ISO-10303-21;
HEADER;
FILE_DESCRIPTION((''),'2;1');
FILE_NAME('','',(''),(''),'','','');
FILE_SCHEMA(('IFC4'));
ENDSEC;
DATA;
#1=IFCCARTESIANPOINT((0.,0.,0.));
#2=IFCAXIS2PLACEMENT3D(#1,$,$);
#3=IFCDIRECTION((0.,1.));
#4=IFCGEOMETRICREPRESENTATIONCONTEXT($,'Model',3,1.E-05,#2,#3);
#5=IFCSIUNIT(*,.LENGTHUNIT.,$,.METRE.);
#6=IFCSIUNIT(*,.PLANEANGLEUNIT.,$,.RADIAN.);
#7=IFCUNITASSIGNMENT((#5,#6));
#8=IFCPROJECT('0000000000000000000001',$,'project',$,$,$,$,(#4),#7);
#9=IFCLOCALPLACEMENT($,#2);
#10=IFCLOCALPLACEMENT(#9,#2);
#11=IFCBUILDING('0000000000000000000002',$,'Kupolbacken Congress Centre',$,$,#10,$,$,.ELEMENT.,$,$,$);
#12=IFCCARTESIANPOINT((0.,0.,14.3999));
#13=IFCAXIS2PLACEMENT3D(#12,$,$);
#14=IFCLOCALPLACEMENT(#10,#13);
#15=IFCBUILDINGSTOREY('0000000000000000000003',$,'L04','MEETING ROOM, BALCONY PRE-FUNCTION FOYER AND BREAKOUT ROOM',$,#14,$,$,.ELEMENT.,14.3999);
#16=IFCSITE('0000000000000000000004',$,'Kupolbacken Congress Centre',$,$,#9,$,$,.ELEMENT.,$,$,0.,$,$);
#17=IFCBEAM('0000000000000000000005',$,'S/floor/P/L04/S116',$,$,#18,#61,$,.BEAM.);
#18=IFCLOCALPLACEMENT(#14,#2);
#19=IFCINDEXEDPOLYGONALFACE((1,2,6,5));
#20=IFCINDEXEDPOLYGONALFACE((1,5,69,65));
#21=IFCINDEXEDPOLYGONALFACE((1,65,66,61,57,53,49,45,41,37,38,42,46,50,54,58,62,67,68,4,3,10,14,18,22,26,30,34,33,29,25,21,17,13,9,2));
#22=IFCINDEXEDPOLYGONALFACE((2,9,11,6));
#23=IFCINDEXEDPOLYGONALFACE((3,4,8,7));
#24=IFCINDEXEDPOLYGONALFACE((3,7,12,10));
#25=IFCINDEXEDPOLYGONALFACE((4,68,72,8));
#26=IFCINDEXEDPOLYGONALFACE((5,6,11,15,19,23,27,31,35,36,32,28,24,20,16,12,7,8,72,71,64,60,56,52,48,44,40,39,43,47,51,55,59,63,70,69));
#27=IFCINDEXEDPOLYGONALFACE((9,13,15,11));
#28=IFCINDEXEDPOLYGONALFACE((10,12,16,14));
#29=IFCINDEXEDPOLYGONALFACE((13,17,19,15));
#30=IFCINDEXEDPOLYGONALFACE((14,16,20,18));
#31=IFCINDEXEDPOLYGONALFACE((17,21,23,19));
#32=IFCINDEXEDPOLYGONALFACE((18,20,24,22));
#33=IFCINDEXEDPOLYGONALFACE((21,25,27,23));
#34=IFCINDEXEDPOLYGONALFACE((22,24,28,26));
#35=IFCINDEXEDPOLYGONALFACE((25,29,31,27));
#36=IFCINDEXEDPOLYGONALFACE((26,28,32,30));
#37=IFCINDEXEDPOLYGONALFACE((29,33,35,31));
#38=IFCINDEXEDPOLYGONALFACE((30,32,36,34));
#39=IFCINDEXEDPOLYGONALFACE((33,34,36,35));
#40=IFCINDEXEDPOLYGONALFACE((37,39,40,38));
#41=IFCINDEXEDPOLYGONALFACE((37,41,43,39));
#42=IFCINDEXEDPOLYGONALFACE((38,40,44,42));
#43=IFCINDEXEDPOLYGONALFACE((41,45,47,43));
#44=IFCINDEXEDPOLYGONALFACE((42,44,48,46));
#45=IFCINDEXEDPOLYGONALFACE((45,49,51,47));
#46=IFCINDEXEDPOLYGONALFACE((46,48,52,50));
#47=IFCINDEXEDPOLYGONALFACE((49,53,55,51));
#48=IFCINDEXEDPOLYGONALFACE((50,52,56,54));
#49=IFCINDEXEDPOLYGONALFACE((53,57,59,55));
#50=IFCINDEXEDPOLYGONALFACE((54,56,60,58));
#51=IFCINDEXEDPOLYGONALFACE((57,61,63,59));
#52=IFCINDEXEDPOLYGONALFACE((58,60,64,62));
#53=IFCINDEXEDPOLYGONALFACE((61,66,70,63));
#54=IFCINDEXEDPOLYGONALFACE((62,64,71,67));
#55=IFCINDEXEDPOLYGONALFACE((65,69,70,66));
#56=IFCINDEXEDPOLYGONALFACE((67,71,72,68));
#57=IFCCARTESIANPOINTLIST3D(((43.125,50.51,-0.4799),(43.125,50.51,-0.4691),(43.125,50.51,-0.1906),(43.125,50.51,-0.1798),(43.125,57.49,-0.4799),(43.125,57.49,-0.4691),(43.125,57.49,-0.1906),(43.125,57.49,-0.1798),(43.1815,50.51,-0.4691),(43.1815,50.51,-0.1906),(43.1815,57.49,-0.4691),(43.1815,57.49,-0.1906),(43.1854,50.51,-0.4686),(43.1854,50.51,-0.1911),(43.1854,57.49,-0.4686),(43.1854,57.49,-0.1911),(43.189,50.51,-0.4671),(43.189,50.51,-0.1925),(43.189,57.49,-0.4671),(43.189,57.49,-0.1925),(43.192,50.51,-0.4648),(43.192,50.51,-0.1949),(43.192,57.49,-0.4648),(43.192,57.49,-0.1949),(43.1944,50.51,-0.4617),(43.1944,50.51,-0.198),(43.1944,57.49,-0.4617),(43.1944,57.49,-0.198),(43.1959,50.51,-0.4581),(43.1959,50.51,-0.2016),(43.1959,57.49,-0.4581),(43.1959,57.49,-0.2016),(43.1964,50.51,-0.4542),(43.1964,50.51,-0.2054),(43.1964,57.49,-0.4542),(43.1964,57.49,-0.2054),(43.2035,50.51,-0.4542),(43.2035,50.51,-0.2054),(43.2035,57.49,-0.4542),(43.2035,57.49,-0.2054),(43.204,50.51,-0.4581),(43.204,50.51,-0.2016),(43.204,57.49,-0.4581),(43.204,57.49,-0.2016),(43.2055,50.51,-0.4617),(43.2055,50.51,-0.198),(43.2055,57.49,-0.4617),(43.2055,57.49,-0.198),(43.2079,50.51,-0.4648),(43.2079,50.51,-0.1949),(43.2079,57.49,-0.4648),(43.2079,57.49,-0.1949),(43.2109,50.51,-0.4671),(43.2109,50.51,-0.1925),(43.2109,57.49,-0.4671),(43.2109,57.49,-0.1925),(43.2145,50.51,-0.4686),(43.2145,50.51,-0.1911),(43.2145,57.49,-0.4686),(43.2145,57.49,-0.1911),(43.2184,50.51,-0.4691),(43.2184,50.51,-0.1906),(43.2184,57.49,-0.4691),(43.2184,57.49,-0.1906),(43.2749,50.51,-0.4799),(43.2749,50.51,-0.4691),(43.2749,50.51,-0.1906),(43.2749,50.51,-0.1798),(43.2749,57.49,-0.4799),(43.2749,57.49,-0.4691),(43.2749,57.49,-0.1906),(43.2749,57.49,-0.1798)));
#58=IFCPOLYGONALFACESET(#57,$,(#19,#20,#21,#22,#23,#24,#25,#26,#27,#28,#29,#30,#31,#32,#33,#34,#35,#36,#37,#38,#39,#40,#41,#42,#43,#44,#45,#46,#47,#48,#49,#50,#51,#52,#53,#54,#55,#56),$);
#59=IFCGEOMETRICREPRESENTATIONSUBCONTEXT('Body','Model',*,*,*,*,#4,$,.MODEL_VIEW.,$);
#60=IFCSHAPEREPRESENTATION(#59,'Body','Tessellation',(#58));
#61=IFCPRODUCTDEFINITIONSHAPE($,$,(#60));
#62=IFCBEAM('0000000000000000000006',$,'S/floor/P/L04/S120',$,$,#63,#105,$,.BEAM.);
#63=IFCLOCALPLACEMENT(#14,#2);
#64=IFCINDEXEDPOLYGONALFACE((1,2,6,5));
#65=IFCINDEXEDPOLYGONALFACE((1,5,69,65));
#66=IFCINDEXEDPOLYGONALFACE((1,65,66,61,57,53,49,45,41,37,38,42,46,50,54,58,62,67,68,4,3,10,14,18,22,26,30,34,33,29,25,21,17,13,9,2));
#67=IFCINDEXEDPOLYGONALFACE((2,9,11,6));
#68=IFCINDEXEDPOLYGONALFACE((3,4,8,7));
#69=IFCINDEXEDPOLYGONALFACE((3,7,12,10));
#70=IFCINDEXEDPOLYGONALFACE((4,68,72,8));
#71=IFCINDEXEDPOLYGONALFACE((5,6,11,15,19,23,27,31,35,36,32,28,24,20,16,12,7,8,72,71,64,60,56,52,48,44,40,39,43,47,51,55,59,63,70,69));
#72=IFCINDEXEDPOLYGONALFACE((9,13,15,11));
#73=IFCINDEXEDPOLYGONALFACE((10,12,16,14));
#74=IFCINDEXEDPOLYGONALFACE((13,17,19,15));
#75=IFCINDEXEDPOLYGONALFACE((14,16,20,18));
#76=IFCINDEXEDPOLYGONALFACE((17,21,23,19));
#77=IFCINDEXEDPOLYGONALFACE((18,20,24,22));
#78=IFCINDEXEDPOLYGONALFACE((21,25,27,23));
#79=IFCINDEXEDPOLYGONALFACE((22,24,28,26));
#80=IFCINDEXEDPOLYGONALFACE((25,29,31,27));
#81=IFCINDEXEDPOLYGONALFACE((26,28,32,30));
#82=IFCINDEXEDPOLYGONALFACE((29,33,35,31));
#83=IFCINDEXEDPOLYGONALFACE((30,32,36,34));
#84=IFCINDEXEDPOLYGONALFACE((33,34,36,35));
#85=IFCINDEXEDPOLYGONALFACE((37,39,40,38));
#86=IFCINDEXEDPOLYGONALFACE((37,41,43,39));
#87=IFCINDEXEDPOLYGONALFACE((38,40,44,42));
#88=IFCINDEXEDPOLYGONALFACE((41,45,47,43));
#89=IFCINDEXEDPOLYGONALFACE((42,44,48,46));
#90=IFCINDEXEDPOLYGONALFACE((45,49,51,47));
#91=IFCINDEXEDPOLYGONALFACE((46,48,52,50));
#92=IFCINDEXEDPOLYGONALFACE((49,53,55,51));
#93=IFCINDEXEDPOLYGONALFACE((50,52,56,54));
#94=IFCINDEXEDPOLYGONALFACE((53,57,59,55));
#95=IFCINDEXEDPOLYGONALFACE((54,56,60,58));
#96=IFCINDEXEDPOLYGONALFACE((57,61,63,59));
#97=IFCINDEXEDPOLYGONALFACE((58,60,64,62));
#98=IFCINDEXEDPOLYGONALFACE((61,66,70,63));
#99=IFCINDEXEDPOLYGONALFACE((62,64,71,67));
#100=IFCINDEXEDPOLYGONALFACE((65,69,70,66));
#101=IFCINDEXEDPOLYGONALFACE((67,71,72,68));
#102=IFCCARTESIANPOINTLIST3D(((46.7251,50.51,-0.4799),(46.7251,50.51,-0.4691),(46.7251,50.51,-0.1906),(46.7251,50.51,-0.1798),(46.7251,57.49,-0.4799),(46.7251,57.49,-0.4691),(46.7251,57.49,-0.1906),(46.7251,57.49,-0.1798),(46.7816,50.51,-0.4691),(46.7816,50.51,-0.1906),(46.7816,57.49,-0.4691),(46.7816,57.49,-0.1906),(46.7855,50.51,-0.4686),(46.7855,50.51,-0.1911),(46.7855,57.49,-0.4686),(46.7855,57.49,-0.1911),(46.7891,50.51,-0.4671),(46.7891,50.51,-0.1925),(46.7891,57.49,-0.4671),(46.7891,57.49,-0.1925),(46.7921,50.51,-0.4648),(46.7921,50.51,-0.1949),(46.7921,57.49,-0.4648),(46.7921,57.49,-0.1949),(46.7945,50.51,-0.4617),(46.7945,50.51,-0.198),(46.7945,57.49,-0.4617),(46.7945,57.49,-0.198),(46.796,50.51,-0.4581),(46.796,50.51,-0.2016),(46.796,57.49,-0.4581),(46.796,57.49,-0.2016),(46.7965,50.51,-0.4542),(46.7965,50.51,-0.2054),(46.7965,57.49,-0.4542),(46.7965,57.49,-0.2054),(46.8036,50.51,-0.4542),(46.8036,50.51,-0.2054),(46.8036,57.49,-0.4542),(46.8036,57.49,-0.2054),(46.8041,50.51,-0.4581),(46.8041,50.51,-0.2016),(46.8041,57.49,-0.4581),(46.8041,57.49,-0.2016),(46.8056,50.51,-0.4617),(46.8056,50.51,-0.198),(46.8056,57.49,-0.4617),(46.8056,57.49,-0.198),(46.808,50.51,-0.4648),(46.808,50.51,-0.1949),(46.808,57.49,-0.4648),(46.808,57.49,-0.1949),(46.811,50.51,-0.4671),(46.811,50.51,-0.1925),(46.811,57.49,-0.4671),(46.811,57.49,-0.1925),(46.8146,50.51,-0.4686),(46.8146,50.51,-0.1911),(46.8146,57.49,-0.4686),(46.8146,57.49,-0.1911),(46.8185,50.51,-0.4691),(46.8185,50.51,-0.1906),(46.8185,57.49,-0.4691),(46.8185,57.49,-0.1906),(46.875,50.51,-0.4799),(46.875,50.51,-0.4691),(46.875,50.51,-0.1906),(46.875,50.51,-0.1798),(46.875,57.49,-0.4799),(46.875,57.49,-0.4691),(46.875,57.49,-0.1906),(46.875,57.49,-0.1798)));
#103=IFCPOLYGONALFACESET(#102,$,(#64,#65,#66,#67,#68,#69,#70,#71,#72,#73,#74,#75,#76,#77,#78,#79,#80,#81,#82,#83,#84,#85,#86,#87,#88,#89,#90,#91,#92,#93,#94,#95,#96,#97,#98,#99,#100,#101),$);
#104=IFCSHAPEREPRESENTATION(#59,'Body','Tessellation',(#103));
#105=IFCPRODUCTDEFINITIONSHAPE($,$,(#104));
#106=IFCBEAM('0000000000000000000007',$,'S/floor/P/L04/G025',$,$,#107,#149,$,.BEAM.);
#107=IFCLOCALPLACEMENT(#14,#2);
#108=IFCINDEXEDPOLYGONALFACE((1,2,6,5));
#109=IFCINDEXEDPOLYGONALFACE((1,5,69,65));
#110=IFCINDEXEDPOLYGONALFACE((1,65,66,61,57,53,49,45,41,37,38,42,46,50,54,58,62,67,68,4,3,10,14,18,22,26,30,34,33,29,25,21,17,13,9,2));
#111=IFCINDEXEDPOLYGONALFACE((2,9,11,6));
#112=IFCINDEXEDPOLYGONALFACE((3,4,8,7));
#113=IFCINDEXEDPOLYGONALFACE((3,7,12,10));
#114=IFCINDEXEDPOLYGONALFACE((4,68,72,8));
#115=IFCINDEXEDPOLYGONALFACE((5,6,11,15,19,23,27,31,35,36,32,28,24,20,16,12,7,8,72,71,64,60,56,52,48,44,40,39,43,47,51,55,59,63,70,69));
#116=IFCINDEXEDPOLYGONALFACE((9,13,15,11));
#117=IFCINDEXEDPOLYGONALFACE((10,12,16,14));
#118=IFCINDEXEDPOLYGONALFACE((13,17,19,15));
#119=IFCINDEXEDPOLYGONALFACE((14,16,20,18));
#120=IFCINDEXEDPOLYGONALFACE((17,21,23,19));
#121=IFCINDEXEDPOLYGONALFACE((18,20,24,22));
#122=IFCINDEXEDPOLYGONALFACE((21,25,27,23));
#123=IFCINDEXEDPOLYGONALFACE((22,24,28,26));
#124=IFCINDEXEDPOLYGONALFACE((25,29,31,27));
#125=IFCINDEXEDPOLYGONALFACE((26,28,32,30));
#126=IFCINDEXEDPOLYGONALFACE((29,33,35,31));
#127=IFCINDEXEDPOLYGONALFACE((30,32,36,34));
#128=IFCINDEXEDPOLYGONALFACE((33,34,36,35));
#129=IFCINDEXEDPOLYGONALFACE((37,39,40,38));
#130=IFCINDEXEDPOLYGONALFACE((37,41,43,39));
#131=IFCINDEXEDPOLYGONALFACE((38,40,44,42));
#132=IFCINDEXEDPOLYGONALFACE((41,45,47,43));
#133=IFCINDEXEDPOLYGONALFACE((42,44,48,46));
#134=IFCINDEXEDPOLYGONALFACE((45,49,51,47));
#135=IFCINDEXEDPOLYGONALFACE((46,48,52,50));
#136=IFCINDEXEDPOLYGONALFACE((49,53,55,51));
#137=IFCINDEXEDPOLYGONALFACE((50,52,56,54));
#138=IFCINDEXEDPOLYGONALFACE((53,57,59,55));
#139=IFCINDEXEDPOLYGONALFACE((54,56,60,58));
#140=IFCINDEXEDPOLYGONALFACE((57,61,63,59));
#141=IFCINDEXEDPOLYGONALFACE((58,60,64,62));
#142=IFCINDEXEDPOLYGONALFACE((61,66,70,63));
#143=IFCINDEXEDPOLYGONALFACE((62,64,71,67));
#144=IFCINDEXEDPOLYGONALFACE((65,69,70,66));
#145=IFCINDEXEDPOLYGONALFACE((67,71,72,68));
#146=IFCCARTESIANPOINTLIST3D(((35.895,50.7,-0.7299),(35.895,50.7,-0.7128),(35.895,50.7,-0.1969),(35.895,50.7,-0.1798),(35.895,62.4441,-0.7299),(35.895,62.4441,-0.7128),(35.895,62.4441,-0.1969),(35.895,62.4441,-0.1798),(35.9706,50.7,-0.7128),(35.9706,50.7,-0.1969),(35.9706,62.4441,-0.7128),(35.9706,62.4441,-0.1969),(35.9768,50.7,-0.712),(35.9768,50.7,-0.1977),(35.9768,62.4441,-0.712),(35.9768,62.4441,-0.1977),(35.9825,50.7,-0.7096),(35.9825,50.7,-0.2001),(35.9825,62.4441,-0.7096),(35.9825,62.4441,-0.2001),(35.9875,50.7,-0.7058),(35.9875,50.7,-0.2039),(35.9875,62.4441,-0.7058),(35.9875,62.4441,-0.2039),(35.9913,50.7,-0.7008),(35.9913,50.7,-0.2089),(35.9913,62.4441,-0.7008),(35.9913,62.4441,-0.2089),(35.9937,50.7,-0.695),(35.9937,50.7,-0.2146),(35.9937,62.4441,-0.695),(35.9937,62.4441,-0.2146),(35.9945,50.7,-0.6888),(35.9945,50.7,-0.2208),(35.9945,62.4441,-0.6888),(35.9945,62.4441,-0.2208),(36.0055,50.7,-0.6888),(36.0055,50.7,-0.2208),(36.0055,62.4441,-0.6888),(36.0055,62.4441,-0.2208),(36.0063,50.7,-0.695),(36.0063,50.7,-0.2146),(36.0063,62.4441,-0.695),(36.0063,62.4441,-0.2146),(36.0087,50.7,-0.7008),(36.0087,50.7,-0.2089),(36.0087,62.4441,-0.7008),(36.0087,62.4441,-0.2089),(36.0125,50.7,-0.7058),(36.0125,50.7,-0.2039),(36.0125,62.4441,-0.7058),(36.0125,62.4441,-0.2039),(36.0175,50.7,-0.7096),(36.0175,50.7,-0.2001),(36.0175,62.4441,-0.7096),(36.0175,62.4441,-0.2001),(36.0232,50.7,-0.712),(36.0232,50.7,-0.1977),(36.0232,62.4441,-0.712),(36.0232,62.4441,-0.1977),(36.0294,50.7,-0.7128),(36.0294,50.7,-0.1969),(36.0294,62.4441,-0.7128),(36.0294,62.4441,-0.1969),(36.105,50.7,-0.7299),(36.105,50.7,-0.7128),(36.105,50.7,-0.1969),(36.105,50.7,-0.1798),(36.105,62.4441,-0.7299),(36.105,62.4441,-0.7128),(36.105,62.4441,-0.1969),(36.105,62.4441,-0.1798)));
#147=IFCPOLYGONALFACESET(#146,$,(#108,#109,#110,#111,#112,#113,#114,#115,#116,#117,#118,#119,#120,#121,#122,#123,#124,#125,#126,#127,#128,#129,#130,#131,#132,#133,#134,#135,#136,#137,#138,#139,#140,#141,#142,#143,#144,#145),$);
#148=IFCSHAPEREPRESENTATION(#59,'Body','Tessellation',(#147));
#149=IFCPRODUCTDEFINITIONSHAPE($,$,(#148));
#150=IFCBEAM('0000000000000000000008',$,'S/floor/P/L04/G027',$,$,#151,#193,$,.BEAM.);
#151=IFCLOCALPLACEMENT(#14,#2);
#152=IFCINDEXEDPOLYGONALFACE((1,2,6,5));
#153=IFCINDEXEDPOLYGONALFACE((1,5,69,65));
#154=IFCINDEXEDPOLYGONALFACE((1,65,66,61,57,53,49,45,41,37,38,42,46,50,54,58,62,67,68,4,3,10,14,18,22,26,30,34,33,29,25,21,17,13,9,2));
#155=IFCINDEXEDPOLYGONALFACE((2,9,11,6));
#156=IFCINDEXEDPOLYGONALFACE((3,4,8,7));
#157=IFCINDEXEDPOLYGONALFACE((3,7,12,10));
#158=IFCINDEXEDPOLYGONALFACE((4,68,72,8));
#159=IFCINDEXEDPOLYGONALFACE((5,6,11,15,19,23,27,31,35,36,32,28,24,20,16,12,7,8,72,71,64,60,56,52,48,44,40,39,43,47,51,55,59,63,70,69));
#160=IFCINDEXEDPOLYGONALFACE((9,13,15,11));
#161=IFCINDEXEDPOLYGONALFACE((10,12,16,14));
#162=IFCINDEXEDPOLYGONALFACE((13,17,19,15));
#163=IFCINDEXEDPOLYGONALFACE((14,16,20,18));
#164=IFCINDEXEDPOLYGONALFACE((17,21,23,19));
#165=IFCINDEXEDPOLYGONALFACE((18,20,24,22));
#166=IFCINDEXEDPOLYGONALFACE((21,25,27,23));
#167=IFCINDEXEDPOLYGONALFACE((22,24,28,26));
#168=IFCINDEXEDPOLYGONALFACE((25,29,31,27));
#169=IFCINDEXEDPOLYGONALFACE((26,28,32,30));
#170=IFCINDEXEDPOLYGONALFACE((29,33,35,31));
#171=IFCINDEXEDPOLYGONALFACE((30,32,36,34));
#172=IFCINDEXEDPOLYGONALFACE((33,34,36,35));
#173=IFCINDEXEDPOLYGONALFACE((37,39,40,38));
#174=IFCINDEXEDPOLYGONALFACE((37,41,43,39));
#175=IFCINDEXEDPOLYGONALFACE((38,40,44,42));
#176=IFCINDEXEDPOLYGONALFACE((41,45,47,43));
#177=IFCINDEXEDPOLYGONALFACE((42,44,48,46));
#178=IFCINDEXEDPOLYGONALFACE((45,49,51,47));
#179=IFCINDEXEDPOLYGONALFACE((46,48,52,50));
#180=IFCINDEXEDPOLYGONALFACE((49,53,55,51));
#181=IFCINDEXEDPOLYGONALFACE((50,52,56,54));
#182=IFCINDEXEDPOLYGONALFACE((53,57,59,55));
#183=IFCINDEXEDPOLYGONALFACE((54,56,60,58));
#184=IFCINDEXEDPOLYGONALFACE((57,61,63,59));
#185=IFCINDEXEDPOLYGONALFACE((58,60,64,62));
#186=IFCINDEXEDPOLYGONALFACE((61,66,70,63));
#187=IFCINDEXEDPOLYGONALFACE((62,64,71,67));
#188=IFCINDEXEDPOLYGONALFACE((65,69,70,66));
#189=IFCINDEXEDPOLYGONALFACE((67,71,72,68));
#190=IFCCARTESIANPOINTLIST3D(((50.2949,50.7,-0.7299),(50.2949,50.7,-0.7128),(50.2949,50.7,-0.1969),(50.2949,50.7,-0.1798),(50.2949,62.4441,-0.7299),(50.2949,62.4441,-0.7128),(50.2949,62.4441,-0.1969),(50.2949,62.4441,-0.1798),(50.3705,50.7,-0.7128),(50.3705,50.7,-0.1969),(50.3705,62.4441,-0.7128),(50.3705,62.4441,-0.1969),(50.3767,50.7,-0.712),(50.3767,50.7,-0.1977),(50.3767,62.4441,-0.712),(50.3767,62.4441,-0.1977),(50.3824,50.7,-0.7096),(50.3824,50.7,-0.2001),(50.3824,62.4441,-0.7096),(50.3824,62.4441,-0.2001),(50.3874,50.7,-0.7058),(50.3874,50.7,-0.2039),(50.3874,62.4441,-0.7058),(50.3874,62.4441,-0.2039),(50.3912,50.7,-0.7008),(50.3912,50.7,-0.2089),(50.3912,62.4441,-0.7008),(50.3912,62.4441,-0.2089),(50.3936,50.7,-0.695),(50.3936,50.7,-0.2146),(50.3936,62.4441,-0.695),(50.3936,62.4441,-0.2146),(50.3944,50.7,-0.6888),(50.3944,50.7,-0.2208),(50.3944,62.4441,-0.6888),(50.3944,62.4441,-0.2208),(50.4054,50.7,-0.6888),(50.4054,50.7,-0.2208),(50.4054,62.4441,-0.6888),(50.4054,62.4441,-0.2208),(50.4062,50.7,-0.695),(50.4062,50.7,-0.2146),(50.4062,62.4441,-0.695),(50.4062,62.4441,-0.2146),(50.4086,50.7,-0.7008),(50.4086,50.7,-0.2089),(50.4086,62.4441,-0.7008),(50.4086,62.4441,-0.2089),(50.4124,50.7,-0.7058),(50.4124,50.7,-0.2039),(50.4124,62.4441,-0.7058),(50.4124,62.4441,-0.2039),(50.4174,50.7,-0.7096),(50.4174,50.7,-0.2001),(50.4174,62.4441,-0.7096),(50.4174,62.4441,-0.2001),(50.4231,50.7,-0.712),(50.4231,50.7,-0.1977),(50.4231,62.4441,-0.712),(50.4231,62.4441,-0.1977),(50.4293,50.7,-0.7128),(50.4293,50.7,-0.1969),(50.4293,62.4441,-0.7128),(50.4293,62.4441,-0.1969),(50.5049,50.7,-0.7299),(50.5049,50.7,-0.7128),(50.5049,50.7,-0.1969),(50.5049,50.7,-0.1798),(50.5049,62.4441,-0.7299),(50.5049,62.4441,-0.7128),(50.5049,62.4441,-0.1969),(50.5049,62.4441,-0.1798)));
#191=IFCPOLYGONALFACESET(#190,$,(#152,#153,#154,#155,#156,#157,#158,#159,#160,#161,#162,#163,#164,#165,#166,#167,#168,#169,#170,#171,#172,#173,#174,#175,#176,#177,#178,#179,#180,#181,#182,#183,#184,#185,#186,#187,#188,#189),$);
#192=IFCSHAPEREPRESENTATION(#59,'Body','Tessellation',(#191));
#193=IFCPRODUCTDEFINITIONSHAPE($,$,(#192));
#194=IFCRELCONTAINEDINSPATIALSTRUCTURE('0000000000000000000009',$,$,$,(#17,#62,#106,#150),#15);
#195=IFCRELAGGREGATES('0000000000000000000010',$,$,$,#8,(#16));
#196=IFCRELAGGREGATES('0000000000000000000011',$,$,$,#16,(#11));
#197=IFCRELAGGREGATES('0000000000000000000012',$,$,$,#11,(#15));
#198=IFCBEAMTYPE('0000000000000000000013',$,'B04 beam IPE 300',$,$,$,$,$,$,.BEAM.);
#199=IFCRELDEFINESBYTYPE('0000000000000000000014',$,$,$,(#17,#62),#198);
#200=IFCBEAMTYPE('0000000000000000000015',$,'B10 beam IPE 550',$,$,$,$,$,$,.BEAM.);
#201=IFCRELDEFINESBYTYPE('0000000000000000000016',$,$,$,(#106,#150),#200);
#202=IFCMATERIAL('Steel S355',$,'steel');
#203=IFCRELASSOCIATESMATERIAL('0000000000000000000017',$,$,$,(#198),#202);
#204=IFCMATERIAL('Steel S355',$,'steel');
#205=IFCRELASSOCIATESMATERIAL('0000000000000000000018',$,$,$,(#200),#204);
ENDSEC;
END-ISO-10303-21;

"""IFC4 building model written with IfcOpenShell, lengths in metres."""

from ifc_helpers import new_model, si_unit, direction, frame, origin, origin_2d, place, context, subcontext, project, spatial, i_section, extrude, material, material_profile, profile_set, type_object, element, save


model = new_model("IFC4")

# Units and contexts
model_context = context("Model", 3, precision=1e-05, world=origin(), true_north=direction((0.0, 1.0)))
body_context = subcontext(model_context, "Body", "Model", "MODEL_VIEW")
ifc_project = project(units=[si_unit("LENGTHUNIT", "METRE"), si_unit("PLANEANGLEUNIT", "RADIAN")], contexts=[model_context])

# Site, building, storey
site_placement = place(None, origin())
site = spatial("IfcSite", under=ifc_project, at=site_placement, Name="Kupolbacken Congress Centre", CompositionType="ELEMENT", RefElevation=0.0)
building_placement = place(site_placement, origin())
building = spatial("IfcBuilding", under=site, at=building_placement, Name="Kupolbacken Congress Centre", CompositionType="ELEMENT")
storey_placement = place(building_placement, frame((0.0, 0.0, 14.3999)))
storey = spatial("IfcBuildingStorey", under=building, at=storey_placement, Name="L04", Description="MEETING ROOM, BALCONY PRE-FUNCTION FOYER AND BREAKOUT ROOM", CompositionType="ELEMENT", Elevation=14.3999)

# Beams
ifc_material_1 = material(Name="Steel S355", Category="steel")
ifc_material_profile_1 = material_profile(ifc_material_1, i_section(OverallWidth=0.1499, OverallDepth=0.3, WebThickness=0.0071, FlangeThickness=0.0107, FilletRadius=0.0149, at=origin_2d()), Name="IPE 300")
ifc_profile_set_1 = profile_set([ifc_material_profile_1], Name="Steel S355")
beam_type_1 = type_object("IfcBeamType", Name="B04 beam IPE 300", PredefinedType="BEAM", material=ifc_profile_set_1)
for number, where, z_axis, x_axis, name in (
    (1, (43.2, 50.51, -0.3298), (0.0, 1.0, 0.0), (-1.0, 0.0, 0.0), "S/floor/P/L04/S116"),
    (2, (46.8, 50.51, -0.3298), (0.0, 1.0, 0.0), (-1.0, 0.0, 0.0), "S/floor/P/L04/S120"),
):
    element("IfcBeam", number, at=place(storey_placement, frame(where, z_axis=z_axis, x_axis=x_axis)), inside=storey, type_object=beam_type_1, Name=name, PredefinedType="BEAM", context=body_context, shape_type="SweptSolid", body=[
        extrude(i_section(OverallWidth=0.1499, OverallDepth=0.3, WebThickness=0.0071, FlangeThickness=0.0107, FilletRadius=0.0149, at=origin_2d()), origin(), (0.0, 0.0, 1.0), 6.98),
    ])
ifc_material_2 = material(Name="Steel S355", Category="steel")
ifc_material_profile_2 = material_profile(ifc_material_2, i_section(OverallWidth=0.21, OverallDepth=0.55, WebThickness=0.011, FlangeThickness=0.0171, FilletRadius=0.0239, at=origin_2d()), Name="IPE 550")
ifc_profile_set_2 = profile_set([ifc_material_profile_2], Name="Steel S355")
beam_type_2 = type_object("IfcBeamType", Name="B10 beam IPE 550", PredefinedType="BEAM", material=ifc_profile_set_2)
for number, where, z_axis, x_axis, name in (
    (3, (36.0, 50.7, -0.4548), (0.0, 1.0, 0.0), (-1.0, 0.0, 0.0), "S/floor/P/L04/G025"),
    (4, (50.3999, 50.7, -0.4548), (0.0, 1.0, 0.0), (-1.0, 0.0, 0.0), "S/floor/P/L04/G027"),
):
    element("IfcBeam", number, at=place(storey_placement, frame(where, z_axis=z_axis, x_axis=x_axis)), inside=storey, type_object=beam_type_2, Name=name, PredefinedType="BEAM", context=body_context, shape_type="SweptSolid", body=[
        extrude(i_section(OverallWidth=0.21, OverallDepth=0.55, WebThickness=0.011, FlangeThickness=0.0171, FilletRadius=0.0239, at=origin_2d()), origin(), (0.0, 0.0, 1.0), 11.7441),
    ])

save(model, "model.ifc")
